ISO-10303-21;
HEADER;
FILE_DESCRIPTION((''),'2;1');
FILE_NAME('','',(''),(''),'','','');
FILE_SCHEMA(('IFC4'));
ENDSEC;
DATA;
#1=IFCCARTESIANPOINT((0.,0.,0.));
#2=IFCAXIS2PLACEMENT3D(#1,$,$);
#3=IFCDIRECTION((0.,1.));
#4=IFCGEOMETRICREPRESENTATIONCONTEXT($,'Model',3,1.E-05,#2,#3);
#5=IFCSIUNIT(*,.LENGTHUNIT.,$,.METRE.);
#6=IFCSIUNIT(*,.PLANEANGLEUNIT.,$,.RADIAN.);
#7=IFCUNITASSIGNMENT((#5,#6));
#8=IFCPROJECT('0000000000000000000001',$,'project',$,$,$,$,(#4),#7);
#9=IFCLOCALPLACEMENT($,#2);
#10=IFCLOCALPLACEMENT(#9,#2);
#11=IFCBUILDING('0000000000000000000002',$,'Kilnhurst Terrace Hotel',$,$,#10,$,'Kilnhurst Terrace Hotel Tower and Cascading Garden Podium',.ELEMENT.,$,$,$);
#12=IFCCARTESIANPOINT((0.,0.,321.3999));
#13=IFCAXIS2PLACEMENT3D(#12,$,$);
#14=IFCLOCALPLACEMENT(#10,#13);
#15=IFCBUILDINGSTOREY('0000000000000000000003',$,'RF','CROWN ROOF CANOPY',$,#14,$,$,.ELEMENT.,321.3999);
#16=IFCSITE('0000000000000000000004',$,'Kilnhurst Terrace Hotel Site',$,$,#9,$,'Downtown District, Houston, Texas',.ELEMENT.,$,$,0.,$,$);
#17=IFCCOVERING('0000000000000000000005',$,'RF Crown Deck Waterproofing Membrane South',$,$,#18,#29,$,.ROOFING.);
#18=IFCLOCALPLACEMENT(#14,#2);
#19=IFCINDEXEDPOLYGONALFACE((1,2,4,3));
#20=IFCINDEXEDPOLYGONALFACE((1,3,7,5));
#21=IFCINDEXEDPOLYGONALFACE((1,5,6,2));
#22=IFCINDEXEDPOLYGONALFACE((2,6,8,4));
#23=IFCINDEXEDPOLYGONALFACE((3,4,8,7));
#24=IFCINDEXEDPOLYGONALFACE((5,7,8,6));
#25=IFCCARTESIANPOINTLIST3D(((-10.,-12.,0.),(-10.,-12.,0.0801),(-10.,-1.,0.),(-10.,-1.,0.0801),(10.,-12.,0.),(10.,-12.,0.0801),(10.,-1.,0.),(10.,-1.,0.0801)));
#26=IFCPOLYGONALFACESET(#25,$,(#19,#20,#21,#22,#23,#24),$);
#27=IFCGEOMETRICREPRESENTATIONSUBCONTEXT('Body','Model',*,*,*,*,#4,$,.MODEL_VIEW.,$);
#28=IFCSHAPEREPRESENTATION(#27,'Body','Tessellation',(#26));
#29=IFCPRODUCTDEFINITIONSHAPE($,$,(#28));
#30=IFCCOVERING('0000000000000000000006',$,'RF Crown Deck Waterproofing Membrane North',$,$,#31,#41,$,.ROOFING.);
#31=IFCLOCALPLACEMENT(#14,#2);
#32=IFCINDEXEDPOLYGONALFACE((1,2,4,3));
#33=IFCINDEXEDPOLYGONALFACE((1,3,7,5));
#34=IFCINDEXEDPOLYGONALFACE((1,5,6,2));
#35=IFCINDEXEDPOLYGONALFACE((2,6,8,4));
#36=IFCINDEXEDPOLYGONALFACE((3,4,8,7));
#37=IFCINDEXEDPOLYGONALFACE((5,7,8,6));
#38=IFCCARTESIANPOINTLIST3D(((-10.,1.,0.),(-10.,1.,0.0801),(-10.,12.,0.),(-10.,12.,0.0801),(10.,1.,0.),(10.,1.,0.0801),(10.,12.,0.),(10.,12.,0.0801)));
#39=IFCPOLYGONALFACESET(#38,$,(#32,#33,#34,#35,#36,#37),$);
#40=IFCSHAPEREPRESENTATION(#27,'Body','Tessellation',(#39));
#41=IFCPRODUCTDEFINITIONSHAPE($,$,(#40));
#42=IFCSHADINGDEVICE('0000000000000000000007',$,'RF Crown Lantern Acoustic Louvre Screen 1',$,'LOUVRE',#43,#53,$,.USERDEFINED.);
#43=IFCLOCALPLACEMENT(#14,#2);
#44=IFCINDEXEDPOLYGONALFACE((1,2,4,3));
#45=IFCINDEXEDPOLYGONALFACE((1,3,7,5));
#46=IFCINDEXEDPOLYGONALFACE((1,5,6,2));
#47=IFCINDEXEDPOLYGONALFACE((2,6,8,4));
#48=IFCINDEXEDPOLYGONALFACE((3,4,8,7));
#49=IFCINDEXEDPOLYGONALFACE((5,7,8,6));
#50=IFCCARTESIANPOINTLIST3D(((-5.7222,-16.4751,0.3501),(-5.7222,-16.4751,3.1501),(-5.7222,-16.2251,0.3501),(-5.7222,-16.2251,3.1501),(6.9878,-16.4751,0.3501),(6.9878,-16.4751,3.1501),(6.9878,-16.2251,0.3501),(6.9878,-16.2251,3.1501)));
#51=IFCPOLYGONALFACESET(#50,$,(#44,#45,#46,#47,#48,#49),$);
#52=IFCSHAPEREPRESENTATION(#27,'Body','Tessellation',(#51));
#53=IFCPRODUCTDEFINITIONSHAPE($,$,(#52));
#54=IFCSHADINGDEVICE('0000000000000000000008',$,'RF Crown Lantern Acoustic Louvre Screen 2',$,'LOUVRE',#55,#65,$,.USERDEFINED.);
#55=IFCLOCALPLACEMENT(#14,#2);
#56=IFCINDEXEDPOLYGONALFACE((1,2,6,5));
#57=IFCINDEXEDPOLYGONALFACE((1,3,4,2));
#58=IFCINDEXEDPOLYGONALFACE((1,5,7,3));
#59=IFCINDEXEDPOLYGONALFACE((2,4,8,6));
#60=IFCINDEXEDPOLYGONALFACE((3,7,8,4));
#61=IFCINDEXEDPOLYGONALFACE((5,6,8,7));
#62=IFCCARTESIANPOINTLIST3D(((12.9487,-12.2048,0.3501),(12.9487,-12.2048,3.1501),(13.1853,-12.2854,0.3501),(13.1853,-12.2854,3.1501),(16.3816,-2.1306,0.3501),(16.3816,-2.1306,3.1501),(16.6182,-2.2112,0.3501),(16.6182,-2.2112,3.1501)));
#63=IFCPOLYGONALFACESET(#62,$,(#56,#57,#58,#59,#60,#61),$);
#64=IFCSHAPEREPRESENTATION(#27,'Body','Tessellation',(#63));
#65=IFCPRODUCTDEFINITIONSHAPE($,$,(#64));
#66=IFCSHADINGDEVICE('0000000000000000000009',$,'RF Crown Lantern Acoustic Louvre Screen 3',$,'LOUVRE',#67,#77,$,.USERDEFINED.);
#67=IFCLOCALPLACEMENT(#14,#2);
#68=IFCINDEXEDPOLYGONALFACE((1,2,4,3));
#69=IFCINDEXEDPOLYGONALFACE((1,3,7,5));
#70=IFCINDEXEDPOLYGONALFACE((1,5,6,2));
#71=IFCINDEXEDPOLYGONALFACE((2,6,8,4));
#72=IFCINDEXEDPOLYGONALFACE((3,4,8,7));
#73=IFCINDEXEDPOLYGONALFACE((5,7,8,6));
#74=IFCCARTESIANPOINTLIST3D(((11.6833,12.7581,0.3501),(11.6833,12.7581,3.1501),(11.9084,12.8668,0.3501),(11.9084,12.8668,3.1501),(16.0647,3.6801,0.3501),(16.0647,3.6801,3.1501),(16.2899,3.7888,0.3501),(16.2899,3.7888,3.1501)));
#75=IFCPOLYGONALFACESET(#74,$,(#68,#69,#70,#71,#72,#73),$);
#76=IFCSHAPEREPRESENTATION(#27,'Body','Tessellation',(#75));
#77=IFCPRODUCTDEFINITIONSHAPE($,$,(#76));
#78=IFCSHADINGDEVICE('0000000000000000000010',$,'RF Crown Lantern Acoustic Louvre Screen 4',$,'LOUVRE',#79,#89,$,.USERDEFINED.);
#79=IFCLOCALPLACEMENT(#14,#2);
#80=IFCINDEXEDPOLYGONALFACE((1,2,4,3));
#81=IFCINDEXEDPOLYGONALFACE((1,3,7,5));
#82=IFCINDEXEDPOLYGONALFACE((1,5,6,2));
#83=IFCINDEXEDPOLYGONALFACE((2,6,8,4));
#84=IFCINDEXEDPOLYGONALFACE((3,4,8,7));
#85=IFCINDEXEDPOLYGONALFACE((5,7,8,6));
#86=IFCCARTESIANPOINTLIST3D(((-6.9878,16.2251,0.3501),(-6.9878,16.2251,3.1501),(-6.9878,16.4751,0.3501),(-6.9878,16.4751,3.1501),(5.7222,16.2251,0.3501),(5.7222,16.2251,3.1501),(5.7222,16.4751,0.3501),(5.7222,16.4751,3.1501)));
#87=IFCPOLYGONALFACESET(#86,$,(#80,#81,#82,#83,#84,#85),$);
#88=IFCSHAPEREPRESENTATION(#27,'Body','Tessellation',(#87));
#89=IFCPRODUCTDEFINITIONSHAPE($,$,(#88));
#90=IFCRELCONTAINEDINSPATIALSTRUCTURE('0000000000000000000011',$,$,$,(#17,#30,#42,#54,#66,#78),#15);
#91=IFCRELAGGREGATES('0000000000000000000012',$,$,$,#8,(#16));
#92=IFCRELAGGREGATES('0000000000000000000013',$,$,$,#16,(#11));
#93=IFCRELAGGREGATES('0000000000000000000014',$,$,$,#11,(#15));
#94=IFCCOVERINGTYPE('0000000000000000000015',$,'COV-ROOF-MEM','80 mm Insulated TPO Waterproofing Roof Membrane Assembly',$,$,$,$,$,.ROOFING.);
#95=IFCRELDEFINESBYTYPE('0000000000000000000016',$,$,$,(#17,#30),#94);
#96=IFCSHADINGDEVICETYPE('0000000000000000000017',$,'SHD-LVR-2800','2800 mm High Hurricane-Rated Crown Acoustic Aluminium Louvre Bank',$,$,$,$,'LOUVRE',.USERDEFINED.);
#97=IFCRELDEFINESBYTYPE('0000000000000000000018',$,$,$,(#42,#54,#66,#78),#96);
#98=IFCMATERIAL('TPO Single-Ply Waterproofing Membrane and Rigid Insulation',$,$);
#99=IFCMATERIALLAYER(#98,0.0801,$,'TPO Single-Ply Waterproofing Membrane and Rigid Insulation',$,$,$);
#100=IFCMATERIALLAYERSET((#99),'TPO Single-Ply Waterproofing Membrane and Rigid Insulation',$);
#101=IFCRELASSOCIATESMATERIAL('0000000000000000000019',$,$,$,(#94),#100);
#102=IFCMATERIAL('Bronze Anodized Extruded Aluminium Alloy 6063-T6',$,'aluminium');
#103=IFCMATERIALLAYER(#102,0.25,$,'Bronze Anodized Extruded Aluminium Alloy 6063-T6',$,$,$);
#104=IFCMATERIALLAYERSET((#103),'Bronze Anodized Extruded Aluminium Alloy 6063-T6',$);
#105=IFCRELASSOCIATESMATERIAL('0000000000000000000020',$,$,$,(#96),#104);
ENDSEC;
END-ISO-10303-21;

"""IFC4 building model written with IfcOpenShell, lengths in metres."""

from ifc_helpers import new_model, si_unit, direction, frame, origin, origin_2d, place, context, subcontext, project, spatial, polyline, rectangle, outline, extrude, material, layer, layer_set, type_object, element, save


model = new_model("IFC4")

# Units and contexts
model_context = context("Model", 3, precision=1e-05, world=origin(), true_north=direction((0.0, 1.0)))
body_context = subcontext(model_context, "Body", "Model", "MODEL_VIEW")
ifc_project = project(units=[si_unit("LENGTHUNIT", "METRE"), si_unit("PLANEANGLEUNIT", "RADIAN")], contexts=[model_context])

# Site, building, storey
site_placement = place(None, origin())
site = spatial("IfcSite", under=ifc_project, at=site_placement, Name="Kilnhurst Terrace Hotel Site", LongName="Downtown District, Houston, Texas", CompositionType="ELEMENT", RefElevation=0.0)
building_placement = place(site_placement, origin())
building = spatial("IfcBuilding", under=site, at=building_placement, Name="Kilnhurst Terrace Hotel", LongName="Kilnhurst Terrace Hotel Tower and Cascading Garden Podium", CompositionType="ELEMENT")
storey_placement = place(building_placement, frame((0.0, 0.0, 321.3999)))
storey = spatial("IfcBuildingStorey", under=building, at=storey_placement, Name="RF", Description="CROWN ROOF CANOPY", CompositionType="ELEMENT", Elevation=321.3999)

# Coverings
ifc_material_1 = material(Name="TPO Single-Ply Waterproofing Membrane and Rigid Insulation")
ifc_layer_1 = layer(ifc_material_1, 0.0801, Name="TPO Single-Ply Waterproofing Membrane and Rigid Insulation")
ifc_layer_set_1 = layer_set([ifc_layer_1], Name="TPO Single-Ply Waterproofing Membrane and Rigid Insulation")
covering_type = type_object("IfcCoveringType", Name="COV-ROOF-MEM", Description="80 mm Insulated TPO Waterproofing Roof Membrane Assembly", PredefinedType="ROOFING", material=ifc_layer_set_1)
covering_1_placement = place(storey_placement, origin())
element("IfcCovering", 1, at=covering_1_placement, inside=storey, type_object=covering_type, Name="RF Crown Deck Waterproofing Membrane South", PredefinedType="ROOFING", context=body_context, shape_type="SweptSolid", body=[
    extrude(outline(polyline([(-10.0, -12.0), (10.0, -12.0), (10.0, -1.0), (-10.0, -1.0), (-10.0, -12.0)])), origin(), (0.0, 0.0, 1.0), 0.0801),
])
covering_2_placement = place(storey_placement, origin())
element("IfcCovering", 2, at=covering_2_placement, inside=storey, type_object=covering_type, Name="RF Crown Deck Waterproofing Membrane North", PredefinedType="ROOFING", context=body_context, shape_type="SweptSolid", body=[
    extrude(outline(polyline([(-10.0, 1.0), (10.0, 1.0), (10.0, 12.0), (-10.0, 12.0), (-10.0, 1.0)])), origin(), (0.0, 0.0, 1.0), 0.0801),
])

# Shading devices
ifc_material_2 = material(Name="Bronze Anodized Extruded Aluminium Alloy 6063-T6", Category="aluminium")
ifc_layer_2 = layer(ifc_material_2, 0.25, Name="Bronze Anodized Extruded Aluminium Alloy 6063-T6")
ifc_layer_set_2 = layer_set([ifc_layer_2], Name="Bronze Anodized Extruded Aluminium Alloy 6063-T6")
shading_device_type = type_object("IfcShadingDeviceType", Name="SHD-LVR-2800", Description="2800 mm High Hurricane-Rated Crown Acoustic Aluminium Louvre Bank", ElementType="LOUVRE", PredefinedType="USERDEFINED", material=ifc_layer_set_2)
shading_device_1_placement = place(storey_placement, frame((0.6328, -16.3501, 0.3501), z_axis=(0.0, 0.0, 1.0), x_axis=(1.0, 0.0, 0.0)))
element("IfcShadingDevice", 3, at=shading_device_1_placement, inside=storey, type_object=shading_device_type, Name="RF Crown Lantern Acoustic Louvre Screen 1", ObjectType="LOUVRE", PredefinedType="USERDEFINED", context=body_context, shape_type="SweptSolid", body=[
    extrude(rectangle(XDim=12.71, YDim=0.25, at=origin_2d()), origin(), (0.0, 0.0, 1.0), 2.8),
])
shading_device_2_placement = place(storey_placement, frame((14.7834, -7.208, 0.3501), z_axis=(0.0, 0.0, 1.0), x_axis=(0.322547, 0.946554, 0.0)))
element("IfcShadingDevice", 4, at=shading_device_2_placement, inside=storey, type_object=shading_device_type, Name="RF Crown Lantern Acoustic Louvre Screen 2", ObjectType="LOUVRE", PredefinedType="USERDEFINED", context=body_context, shape_type="SweptSolid", body=[
    extrude(rectangle(XDim=10.6431, YDim=0.25, at=origin_2d()), origin(), (0.0, 0.0, 1.0), 2.8),
])
shading_device_3_placement = place(storey_placement, frame((13.9866, 8.2734, 0.3501), z_axis=(0.0, 0.0, 1.0), x_axis=(-0.434665, 0.900592, 0.0)))
element("IfcShadingDevice", 5, at=shading_device_3_placement, inside=storey, type_object=shading_device_type, Name="RF Crown Lantern Acoustic Louvre Screen 3", ObjectType="LOUVRE", PredefinedType="USERDEFINED", context=body_context, shape_type="SweptSolid", body=[
    extrude(rectangle(XDim=10.0801, YDim=0.25, at=origin_2d()), origin(), (0.0, 0.0, 1.0), 2.8),
])
shading_device_4_placement = place(storey_placement, frame((-0.6328, 16.3501, 0.3501), z_axis=(0.0, 0.0, 1.0), x_axis=(-1.0, 0.0, 0.0)))
element("IfcShadingDevice", 6, at=shading_device_4_placement, inside=storey, type_object=shading_device_type, Name="RF Crown Lantern Acoustic Louvre Screen 4", ObjectType="LOUVRE", PredefinedType="USERDEFINED", context=body_context, shape_type="SweptSolid", body=[
    extrude(rectangle(XDim=12.71, YDim=0.25, at=origin_2d()), origin(), (0.0, 0.0, 1.0), 2.8),
])

save(model, "model.ifc")
